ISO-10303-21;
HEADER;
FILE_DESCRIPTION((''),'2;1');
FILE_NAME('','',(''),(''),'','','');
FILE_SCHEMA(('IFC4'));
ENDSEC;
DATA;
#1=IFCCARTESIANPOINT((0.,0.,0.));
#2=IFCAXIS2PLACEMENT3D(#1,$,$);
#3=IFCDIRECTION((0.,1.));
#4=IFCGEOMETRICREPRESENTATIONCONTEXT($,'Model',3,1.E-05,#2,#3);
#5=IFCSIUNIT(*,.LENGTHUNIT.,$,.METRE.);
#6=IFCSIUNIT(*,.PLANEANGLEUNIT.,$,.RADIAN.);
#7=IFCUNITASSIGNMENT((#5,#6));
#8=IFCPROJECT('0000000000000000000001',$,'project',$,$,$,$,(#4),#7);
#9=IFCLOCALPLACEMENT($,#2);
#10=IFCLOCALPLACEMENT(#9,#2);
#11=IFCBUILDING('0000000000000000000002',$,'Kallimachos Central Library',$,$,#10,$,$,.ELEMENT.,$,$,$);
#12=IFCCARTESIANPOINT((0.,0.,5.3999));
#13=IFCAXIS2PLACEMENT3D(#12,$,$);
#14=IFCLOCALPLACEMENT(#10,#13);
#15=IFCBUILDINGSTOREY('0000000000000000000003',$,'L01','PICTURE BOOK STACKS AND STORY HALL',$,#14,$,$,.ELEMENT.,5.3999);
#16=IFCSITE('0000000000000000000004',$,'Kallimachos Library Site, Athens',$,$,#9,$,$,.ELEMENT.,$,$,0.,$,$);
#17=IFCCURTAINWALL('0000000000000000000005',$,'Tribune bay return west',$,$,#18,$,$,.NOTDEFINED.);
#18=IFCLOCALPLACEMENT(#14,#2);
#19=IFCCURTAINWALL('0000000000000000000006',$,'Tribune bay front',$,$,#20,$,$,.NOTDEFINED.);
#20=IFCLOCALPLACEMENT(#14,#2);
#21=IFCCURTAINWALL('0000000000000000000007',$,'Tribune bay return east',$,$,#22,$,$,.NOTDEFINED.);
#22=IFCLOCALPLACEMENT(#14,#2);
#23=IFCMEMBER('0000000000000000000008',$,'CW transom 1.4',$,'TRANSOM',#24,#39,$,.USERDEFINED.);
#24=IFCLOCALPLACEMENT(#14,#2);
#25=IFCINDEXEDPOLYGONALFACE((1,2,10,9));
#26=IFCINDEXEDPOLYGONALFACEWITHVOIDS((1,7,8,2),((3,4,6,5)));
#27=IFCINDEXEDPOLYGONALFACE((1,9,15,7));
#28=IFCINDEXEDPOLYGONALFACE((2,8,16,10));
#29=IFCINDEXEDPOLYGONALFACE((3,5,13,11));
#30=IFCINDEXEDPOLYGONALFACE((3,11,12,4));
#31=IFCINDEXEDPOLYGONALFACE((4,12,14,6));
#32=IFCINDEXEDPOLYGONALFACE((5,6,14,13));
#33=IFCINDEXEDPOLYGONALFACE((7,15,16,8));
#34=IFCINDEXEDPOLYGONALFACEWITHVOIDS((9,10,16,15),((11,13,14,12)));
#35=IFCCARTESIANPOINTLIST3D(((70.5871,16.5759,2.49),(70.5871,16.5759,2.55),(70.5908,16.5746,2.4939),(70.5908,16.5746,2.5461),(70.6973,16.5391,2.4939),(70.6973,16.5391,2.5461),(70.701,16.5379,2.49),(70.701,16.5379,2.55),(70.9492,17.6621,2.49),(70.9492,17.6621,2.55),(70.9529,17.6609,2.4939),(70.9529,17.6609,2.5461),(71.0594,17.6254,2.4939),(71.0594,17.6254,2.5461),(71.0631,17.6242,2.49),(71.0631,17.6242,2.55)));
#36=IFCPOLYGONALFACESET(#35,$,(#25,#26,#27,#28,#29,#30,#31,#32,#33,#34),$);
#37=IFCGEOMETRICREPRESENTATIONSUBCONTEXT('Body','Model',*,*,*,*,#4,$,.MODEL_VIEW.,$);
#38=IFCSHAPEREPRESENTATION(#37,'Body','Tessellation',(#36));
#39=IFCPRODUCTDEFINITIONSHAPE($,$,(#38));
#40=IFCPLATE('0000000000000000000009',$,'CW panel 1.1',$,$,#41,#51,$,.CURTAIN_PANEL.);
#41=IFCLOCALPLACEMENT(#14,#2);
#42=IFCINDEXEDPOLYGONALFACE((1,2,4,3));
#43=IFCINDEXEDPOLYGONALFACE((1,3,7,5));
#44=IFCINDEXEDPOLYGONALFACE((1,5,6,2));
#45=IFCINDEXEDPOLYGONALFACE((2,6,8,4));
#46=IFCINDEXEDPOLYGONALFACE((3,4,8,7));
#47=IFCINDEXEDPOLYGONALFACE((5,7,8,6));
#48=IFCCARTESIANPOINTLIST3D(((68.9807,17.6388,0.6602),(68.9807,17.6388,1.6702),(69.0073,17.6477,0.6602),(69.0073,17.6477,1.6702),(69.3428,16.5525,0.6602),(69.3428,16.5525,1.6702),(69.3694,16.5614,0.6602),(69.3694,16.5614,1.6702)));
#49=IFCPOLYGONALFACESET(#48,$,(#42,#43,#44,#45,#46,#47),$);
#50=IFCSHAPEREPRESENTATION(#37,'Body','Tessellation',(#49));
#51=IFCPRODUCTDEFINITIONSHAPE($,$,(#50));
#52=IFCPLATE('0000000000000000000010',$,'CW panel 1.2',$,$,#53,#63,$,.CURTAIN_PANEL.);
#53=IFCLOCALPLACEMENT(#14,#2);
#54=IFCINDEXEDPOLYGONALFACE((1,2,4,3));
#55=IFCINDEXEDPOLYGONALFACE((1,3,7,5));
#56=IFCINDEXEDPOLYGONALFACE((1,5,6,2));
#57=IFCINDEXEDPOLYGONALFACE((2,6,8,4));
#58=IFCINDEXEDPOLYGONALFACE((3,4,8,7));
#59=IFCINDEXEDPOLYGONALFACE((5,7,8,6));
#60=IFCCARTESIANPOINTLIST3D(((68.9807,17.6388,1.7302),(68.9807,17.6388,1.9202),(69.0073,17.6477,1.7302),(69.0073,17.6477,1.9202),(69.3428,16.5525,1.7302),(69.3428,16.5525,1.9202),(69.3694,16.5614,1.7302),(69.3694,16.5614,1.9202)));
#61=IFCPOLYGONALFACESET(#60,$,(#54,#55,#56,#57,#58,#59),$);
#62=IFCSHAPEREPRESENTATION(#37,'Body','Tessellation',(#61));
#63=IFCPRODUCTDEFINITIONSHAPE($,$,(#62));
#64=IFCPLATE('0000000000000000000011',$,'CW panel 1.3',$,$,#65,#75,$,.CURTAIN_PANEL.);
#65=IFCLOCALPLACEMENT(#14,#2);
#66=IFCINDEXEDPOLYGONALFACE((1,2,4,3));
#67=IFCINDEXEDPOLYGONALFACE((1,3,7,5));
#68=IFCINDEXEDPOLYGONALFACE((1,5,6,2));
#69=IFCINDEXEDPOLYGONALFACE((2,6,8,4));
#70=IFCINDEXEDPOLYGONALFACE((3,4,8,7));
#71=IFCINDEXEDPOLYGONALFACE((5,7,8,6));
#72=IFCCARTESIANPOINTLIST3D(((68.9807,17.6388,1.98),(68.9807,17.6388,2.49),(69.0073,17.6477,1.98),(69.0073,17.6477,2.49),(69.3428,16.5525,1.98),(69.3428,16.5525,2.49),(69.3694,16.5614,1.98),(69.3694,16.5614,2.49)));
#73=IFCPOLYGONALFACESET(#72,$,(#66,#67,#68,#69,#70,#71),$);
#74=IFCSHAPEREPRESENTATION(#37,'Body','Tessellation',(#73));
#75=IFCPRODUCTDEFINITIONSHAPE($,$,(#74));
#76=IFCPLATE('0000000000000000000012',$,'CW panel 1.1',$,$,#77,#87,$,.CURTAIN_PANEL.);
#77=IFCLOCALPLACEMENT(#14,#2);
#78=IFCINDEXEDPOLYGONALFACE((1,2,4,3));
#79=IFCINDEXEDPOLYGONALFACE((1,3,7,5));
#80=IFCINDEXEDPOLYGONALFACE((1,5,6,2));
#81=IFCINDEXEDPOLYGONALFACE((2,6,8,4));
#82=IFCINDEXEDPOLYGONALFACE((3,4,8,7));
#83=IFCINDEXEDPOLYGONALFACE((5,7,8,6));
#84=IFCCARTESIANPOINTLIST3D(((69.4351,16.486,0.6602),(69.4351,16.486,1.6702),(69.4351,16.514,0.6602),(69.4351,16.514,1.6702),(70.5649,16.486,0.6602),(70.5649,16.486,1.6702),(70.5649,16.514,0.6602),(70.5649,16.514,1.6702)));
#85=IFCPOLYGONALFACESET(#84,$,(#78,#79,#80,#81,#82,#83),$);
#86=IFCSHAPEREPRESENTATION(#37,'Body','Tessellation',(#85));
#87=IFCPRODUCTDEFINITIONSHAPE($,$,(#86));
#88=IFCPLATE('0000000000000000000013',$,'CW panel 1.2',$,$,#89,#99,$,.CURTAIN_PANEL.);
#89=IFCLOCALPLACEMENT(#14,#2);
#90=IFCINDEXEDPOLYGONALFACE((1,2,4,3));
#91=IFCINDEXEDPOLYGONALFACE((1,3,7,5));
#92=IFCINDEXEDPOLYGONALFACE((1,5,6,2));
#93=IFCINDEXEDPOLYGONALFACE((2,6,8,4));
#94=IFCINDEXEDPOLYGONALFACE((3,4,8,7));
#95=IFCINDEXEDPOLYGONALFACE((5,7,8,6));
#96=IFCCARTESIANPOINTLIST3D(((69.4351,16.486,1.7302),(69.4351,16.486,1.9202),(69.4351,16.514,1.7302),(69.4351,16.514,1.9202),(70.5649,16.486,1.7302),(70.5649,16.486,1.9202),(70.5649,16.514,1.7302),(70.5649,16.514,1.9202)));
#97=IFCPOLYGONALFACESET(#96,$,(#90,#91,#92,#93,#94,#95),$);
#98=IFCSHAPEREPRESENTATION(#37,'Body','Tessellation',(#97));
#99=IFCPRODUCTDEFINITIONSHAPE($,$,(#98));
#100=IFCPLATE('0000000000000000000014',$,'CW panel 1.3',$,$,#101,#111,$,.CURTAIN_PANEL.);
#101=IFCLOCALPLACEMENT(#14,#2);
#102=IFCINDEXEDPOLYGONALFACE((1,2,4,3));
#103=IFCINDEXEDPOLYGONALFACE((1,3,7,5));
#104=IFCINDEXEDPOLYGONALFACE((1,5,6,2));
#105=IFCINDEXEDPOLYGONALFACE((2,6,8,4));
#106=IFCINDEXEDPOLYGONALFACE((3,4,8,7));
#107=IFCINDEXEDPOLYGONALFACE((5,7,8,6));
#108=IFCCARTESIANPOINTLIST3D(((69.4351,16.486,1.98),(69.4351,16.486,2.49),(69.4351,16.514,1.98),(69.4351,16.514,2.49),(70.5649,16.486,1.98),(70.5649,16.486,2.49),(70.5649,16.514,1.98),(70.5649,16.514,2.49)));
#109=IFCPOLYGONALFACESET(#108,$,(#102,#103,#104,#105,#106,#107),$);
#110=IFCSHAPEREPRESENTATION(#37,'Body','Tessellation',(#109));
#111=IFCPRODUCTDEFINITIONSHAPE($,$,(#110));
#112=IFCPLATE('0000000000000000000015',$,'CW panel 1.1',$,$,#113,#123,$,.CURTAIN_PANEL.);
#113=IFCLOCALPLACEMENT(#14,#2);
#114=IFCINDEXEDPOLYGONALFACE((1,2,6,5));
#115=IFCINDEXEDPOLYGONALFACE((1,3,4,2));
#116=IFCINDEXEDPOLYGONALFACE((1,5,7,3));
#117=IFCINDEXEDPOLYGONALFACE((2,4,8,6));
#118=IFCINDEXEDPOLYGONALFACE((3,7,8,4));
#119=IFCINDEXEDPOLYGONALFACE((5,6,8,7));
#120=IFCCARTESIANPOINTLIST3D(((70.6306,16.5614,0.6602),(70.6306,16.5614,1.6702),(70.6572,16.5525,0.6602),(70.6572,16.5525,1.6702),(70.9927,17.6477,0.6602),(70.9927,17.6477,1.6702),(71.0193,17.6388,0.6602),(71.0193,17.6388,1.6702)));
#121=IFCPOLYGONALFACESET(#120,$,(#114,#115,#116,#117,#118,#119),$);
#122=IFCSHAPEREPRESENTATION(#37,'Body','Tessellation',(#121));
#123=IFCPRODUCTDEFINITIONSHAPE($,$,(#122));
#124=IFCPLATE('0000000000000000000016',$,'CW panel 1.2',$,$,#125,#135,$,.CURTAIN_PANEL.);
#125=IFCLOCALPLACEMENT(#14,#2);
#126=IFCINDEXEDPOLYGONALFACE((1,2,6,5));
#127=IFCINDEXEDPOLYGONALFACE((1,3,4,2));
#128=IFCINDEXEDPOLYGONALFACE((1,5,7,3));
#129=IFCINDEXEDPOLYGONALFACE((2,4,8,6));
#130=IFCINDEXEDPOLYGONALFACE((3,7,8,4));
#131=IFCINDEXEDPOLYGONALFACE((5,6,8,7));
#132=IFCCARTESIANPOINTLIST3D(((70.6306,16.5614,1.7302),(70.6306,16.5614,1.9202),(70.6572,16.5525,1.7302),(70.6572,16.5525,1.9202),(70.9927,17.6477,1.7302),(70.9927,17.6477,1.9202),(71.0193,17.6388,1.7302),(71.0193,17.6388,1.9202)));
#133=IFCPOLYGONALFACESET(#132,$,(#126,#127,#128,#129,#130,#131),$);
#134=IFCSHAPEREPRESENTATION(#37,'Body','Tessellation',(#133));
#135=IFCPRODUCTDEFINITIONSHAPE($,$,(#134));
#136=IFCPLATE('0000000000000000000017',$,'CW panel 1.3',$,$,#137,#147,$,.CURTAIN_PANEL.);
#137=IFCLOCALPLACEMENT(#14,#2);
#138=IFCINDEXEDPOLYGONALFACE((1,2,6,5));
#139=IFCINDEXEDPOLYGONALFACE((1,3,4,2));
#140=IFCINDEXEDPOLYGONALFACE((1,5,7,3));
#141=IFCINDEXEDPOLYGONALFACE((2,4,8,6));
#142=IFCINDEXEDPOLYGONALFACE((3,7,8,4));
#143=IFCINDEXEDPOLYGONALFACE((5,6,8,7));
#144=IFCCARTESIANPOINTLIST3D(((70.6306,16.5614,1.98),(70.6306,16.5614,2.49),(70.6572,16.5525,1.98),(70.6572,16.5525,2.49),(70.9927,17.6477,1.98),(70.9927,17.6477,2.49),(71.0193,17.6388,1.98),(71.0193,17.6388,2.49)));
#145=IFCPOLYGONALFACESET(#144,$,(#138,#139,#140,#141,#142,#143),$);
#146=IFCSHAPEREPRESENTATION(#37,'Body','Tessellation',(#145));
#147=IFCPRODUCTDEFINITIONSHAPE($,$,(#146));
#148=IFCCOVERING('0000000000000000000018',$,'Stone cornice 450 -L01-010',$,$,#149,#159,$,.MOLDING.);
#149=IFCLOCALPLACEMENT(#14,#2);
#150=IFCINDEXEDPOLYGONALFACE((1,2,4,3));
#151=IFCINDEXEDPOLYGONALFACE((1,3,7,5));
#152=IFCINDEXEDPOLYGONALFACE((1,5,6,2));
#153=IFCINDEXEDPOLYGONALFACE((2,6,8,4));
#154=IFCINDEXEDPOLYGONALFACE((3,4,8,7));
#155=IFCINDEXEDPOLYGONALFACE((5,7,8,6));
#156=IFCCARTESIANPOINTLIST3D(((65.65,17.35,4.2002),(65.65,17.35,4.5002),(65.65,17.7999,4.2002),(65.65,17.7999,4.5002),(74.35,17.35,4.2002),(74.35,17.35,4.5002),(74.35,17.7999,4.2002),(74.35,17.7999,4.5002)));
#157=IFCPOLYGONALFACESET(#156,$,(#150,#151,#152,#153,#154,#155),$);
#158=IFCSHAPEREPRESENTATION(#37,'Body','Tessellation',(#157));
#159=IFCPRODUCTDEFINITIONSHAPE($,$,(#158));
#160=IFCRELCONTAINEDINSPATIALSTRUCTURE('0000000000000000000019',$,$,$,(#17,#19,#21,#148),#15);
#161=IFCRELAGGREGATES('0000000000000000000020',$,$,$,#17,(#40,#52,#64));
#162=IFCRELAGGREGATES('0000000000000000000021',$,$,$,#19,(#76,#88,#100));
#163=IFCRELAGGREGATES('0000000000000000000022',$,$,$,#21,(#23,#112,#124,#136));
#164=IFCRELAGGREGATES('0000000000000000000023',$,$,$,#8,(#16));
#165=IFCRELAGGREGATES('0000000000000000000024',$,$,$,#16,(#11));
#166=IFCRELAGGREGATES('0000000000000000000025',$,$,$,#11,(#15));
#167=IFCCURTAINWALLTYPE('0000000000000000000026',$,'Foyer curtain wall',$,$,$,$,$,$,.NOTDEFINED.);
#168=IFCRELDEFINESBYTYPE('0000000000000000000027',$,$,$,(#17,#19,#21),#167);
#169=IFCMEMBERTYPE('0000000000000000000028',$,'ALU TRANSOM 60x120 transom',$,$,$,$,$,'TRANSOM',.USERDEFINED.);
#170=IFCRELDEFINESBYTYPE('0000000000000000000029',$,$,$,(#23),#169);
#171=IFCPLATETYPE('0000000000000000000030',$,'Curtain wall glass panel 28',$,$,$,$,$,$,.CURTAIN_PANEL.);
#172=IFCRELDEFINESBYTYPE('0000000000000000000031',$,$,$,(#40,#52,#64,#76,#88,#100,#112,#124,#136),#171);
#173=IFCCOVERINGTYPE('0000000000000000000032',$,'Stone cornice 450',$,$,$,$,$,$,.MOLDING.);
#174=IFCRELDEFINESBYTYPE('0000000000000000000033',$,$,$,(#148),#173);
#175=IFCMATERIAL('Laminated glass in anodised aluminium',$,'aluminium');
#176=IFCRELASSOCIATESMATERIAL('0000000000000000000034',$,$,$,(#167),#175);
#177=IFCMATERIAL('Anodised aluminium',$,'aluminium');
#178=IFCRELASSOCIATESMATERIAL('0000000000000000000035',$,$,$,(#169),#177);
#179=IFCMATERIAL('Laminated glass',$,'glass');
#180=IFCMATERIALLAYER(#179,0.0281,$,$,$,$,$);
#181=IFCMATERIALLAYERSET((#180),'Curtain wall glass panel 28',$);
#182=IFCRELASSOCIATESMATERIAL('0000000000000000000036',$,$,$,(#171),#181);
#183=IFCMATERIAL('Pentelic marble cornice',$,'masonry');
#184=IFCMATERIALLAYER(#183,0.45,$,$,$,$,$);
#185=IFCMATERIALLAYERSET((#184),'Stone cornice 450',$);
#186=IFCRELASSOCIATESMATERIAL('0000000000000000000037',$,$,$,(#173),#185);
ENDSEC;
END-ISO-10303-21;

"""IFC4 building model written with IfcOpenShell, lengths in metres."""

from ifc_helpers import new_model, si_unit, direction, frame, origin, origin_2d, place, context, subcontext, project, spatial, rectangle, hollow_rectangle, extrude, material, layer, layer_set, material_profile, profile_set, type_object, element, aggregate, save


model = new_model("IFC4")

# Units and contexts
model_context = context("Model", 3, precision=1e-05, world=origin(), true_north=direction((0.0, 1.0)))
body_context = subcontext(model_context, "Body", "Model", "MODEL_VIEW")
ifc_project = project(units=[si_unit("LENGTHUNIT", "METRE"), si_unit("PLANEANGLEUNIT", "RADIAN")], contexts=[model_context])

# Site, building, storey
site_placement = place(None, origin())
site = spatial("IfcSite", under=ifc_project, at=site_placement, Name="Kallimachos Library Site, Athens", CompositionType="ELEMENT", RefElevation=0.0)
building_placement = place(site_placement, origin())
building = spatial("IfcBuilding", under=site, at=building_placement, Name="Kallimachos Central Library", CompositionType="ELEMENT")
storey_placement = place(building_placement, frame((0.0, 0.0, 5.3999)))
storey = spatial("IfcBuildingStorey", under=building, at=storey_placement, Name="L01", Description="PICTURE BOOK STACKS AND STORY HALL", CompositionType="ELEMENT", Elevation=5.3999)

# Curtain wall
ifc_material_1 = material(Name="Laminated glass in anodised aluminium", Category="aluminium")
curtain_wall_type = type_object("IfcCurtainWallType", Name="Foyer curtain wall", PredefinedType="NOTDEFINED", material=ifc_material_1)
curtain_wall_1_placement = place(storey_placement, origin())
curtain_wall_1 = element("IfcCurtainWall", 1, at=curtain_wall_1_placement, inside=storey, type_object=curtain_wall_type, Name="Tribune bay return west", PredefinedType="NOTDEFINED")

# Curtain wall
curtain_wall_2_placement = place(storey_placement, origin())
curtain_wall_2 = element("IfcCurtainWall", 2, at=curtain_wall_2_placement, inside=storey, type_object=curtain_wall_type, Name="Tribune bay front", PredefinedType="NOTDEFINED")

# Curtain wall
curtain_wall_3_placement = place(storey_placement, origin())
curtain_wall_3 = element("IfcCurtainWall", 3, at=curtain_wall_3_placement, inside=storey, type_object=curtain_wall_type, Name="Tribune bay return east", PredefinedType="NOTDEFINED")

# Member
ifc_material_2 = material(Name="Anodised aluminium", Category="aluminium")
ifc_material_profile_1 = material_profile(ifc_material_2, hollow_rectangle(XDim=0.0601, YDim=0.1201, WallThickness=0.0039, at=origin_2d()), Name="ALU TRANSOM 60x120")
ifc_profile_set_1 = profile_set([ifc_material_profile_1], Name="Anodised aluminium")
member_type_1 = type_object("IfcMemberType", Name="ALU TRANSOM 60x120 transom", ElementType="TRANSOM", PredefinedType="USERDEFINED", material=ifc_profile_set_1)
member_1_placement = place(storey_placement, frame((70.644, 16.5569, 2.52), z_axis=(0.316228, 0.948683, 0.0), x_axis=(0.0, 0.0, 1.0)))
member_1 = element("IfcMember", 4, at=member_1_placement, type_object=member_type_1, Name="CW transom 1.4", ObjectType="TRANSOM", PredefinedType="USERDEFINED", context=body_context, shape_type="SweptSolid", body=[
    extrude(hollow_rectangle(XDim=0.0601, YDim=0.1201, WallThickness=0.0039, at=origin_2d()), origin(), (0.0, 0.0, 1.0), 1.145),
])

# Plates
ifc_material_3 = material(Name="Laminated glass", Category="glass")
ifc_layer_1 = layer(ifc_material_3, 0.0281)
ifc_layer_set_1 = layer_set([ifc_layer_1], Name="Curtain wall glass panel 28")
plate_type = type_object("IfcPlateType", Name="Curtain wall glass panel 28", PredefinedType="CURTAIN_PANEL", material=ifc_layer_set_1)
plate_1_placement = place(storey_placement, frame((69.175, 17.1001, 0.6602), z_axis=(0.0, 0.0, 1.0), x_axis=(0.316228, -0.948683, 0.0)))
plate_1 = element("IfcPlate", 5, at=plate_1_placement, type_object=plate_type, Name="CW panel 1.1", PredefinedType="CURTAIN_PANEL", context=body_context, shape_type="SweptSolid", body=[
    extrude(rectangle(XDim=1.145, YDim=0.0281, at=origin_2d()), origin(), (0.0, 0.0, 1.0), 1.01),
])
plate_2_placement = place(storey_placement, frame((69.175, 17.1001, 1.7302), z_axis=(0.0, 0.0, 1.0), x_axis=(0.316228, -0.948683, 0.0)))
plate_2 = element("IfcPlate", 6, at=plate_2_placement, type_object=plate_type, Name="CW panel 1.2", PredefinedType="CURTAIN_PANEL", context=body_context, shape_type="SweptSolid", body=[
    extrude(rectangle(XDim=1.145, YDim=0.0281, at=origin_2d()), origin(), (0.0, 0.0, 1.0), 0.1899),
])
plate_3_placement = place(storey_placement, frame((69.175, 17.1001, 1.98), z_axis=(0.0, 0.0, 1.0), x_axis=(0.316228, -0.948683, 0.0)))
plate_3 = element("IfcPlate", 7, at=plate_3_placement, type_object=plate_type, Name="CW panel 1.3", PredefinedType="CURTAIN_PANEL", context=body_context, shape_type="SweptSolid", body=[
    extrude(rectangle(XDim=1.145, YDim=0.0281, at=origin_2d()), origin(), (0.0, 0.0, 1.0), 0.51),
])
aggregate(curtain_wall_1, [plate_1, plate_2, plate_3])
plate_4_placement = place(storey_placement, frame((70.0, 16.5, 0.6602), z_axis=(0.0, 0.0, 1.0), x_axis=(1.0, 0.0, 0.0)))
plate_4 = element("IfcPlate", 8, at=plate_4_placement, type_object=plate_type, Name="CW panel 1.1", PredefinedType="CURTAIN_PANEL", context=body_context, shape_type="SweptSolid", body=[
    extrude(rectangle(XDim=1.1299, YDim=0.0281, at=origin_2d()), origin(), (0.0, 0.0, 1.0), 1.01),
])
plate_5_placement = place(storey_placement, frame((70.0, 16.5, 1.7302), z_axis=(0.0, 0.0, 1.0), x_axis=(1.0, 0.0, 0.0)))
plate_5 = element("IfcPlate", 9, at=plate_5_placement, type_object=plate_type, Name="CW panel 1.2", PredefinedType="CURTAIN_PANEL", context=body_context, shape_type="SweptSolid", body=[
    extrude(rectangle(XDim=1.1299, YDim=0.0281, at=origin_2d()), origin(), (0.0, 0.0, 1.0), 0.1899),
])
plate_6_placement = place(storey_placement, frame((70.0, 16.5, 1.98), z_axis=(0.0, 0.0, 1.0), x_axis=(1.0, 0.0, 0.0)))
plate_6 = element("IfcPlate", 10, at=plate_6_placement, type_object=plate_type, Name="CW panel 1.3", PredefinedType="CURTAIN_PANEL", context=body_context, shape_type="SweptSolid", body=[
    extrude(rectangle(XDim=1.1299, YDim=0.0281, at=origin_2d()), origin(), (0.0, 0.0, 1.0), 0.51),
])
aggregate(curtain_wall_2, [plate_4, plate_5, plate_6])
plate_7_placement = place(storey_placement, frame((70.825, 17.1001, 0.6602), z_axis=(0.0, 0.0, 1.0), x_axis=(0.316228, 0.948683, 0.0)))
plate_7 = element("IfcPlate", 11, at=plate_7_placement, type_object=plate_type, Name="CW panel 1.1", PredefinedType="CURTAIN_PANEL", context=body_context, shape_type="SweptSolid", body=[
    extrude(rectangle(XDim=1.145, YDim=0.0281, at=origin_2d()), origin(), (0.0, 0.0, 1.0), 1.01),
])
plate_8_placement = place(storey_placement, frame((70.825, 17.1001, 1.7302), z_axis=(0.0, 0.0, 1.0), x_axis=(0.316228, 0.948683, 0.0)))
plate_8 = element("IfcPlate", 12, at=plate_8_placement, type_object=plate_type, Name="CW panel 1.2", PredefinedType="CURTAIN_PANEL", context=body_context, shape_type="SweptSolid", body=[
    extrude(rectangle(XDim=1.145, YDim=0.0281, at=origin_2d()), origin(), (0.0, 0.0, 1.0), 0.1899),
])
plate_9_placement = place(storey_placement, frame((70.825, 17.1001, 1.98), z_axis=(0.0, 0.0, 1.0), x_axis=(0.316228, 0.948683, 0.0)))
plate_9 = element("IfcPlate", 13, at=plate_9_placement, type_object=plate_type, Name="CW panel 1.3", PredefinedType="CURTAIN_PANEL", context=body_context, shape_type="SweptSolid", body=[
    extrude(rectangle(XDim=1.145, YDim=0.0281, at=origin_2d()), origin(), (0.0, 0.0, 1.0), 0.51),
])
aggregate(curtain_wall_3, [member_1, plate_7, plate_8, plate_9])

# Covering
ifc_material_4 = material(Name="Pentelic marble cornice", Category="masonry")
ifc_layer_2 = layer(ifc_material_4, 0.45)
ifc_layer_set_2 = layer_set([ifc_layer_2], Name="Stone cornice 450")
covering_type = type_object("IfcCoveringType", Name="Stone cornice 450", PredefinedType="MOLDING", material=ifc_layer_set_2)
covering_placement = place(storey_placement, frame((70.0, 17.575, 4.2002), z_axis=(0.0, 0.0, 1.0), x_axis=(1.0, 0.0, 0.0)))
element("IfcCovering", 14, at=covering_placement, inside=storey, type_object=covering_type, Name="Stone cornice 450 -L01-010", PredefinedType="MOLDING", context=body_context, shape_type="SweptSolid", body=[
    extrude(rectangle(XDim=8.7, YDim=0.45, at=origin_2d()), origin(), (0.0, 0.0, 1.0), 0.3),
])

save(model, "model.ifc")
